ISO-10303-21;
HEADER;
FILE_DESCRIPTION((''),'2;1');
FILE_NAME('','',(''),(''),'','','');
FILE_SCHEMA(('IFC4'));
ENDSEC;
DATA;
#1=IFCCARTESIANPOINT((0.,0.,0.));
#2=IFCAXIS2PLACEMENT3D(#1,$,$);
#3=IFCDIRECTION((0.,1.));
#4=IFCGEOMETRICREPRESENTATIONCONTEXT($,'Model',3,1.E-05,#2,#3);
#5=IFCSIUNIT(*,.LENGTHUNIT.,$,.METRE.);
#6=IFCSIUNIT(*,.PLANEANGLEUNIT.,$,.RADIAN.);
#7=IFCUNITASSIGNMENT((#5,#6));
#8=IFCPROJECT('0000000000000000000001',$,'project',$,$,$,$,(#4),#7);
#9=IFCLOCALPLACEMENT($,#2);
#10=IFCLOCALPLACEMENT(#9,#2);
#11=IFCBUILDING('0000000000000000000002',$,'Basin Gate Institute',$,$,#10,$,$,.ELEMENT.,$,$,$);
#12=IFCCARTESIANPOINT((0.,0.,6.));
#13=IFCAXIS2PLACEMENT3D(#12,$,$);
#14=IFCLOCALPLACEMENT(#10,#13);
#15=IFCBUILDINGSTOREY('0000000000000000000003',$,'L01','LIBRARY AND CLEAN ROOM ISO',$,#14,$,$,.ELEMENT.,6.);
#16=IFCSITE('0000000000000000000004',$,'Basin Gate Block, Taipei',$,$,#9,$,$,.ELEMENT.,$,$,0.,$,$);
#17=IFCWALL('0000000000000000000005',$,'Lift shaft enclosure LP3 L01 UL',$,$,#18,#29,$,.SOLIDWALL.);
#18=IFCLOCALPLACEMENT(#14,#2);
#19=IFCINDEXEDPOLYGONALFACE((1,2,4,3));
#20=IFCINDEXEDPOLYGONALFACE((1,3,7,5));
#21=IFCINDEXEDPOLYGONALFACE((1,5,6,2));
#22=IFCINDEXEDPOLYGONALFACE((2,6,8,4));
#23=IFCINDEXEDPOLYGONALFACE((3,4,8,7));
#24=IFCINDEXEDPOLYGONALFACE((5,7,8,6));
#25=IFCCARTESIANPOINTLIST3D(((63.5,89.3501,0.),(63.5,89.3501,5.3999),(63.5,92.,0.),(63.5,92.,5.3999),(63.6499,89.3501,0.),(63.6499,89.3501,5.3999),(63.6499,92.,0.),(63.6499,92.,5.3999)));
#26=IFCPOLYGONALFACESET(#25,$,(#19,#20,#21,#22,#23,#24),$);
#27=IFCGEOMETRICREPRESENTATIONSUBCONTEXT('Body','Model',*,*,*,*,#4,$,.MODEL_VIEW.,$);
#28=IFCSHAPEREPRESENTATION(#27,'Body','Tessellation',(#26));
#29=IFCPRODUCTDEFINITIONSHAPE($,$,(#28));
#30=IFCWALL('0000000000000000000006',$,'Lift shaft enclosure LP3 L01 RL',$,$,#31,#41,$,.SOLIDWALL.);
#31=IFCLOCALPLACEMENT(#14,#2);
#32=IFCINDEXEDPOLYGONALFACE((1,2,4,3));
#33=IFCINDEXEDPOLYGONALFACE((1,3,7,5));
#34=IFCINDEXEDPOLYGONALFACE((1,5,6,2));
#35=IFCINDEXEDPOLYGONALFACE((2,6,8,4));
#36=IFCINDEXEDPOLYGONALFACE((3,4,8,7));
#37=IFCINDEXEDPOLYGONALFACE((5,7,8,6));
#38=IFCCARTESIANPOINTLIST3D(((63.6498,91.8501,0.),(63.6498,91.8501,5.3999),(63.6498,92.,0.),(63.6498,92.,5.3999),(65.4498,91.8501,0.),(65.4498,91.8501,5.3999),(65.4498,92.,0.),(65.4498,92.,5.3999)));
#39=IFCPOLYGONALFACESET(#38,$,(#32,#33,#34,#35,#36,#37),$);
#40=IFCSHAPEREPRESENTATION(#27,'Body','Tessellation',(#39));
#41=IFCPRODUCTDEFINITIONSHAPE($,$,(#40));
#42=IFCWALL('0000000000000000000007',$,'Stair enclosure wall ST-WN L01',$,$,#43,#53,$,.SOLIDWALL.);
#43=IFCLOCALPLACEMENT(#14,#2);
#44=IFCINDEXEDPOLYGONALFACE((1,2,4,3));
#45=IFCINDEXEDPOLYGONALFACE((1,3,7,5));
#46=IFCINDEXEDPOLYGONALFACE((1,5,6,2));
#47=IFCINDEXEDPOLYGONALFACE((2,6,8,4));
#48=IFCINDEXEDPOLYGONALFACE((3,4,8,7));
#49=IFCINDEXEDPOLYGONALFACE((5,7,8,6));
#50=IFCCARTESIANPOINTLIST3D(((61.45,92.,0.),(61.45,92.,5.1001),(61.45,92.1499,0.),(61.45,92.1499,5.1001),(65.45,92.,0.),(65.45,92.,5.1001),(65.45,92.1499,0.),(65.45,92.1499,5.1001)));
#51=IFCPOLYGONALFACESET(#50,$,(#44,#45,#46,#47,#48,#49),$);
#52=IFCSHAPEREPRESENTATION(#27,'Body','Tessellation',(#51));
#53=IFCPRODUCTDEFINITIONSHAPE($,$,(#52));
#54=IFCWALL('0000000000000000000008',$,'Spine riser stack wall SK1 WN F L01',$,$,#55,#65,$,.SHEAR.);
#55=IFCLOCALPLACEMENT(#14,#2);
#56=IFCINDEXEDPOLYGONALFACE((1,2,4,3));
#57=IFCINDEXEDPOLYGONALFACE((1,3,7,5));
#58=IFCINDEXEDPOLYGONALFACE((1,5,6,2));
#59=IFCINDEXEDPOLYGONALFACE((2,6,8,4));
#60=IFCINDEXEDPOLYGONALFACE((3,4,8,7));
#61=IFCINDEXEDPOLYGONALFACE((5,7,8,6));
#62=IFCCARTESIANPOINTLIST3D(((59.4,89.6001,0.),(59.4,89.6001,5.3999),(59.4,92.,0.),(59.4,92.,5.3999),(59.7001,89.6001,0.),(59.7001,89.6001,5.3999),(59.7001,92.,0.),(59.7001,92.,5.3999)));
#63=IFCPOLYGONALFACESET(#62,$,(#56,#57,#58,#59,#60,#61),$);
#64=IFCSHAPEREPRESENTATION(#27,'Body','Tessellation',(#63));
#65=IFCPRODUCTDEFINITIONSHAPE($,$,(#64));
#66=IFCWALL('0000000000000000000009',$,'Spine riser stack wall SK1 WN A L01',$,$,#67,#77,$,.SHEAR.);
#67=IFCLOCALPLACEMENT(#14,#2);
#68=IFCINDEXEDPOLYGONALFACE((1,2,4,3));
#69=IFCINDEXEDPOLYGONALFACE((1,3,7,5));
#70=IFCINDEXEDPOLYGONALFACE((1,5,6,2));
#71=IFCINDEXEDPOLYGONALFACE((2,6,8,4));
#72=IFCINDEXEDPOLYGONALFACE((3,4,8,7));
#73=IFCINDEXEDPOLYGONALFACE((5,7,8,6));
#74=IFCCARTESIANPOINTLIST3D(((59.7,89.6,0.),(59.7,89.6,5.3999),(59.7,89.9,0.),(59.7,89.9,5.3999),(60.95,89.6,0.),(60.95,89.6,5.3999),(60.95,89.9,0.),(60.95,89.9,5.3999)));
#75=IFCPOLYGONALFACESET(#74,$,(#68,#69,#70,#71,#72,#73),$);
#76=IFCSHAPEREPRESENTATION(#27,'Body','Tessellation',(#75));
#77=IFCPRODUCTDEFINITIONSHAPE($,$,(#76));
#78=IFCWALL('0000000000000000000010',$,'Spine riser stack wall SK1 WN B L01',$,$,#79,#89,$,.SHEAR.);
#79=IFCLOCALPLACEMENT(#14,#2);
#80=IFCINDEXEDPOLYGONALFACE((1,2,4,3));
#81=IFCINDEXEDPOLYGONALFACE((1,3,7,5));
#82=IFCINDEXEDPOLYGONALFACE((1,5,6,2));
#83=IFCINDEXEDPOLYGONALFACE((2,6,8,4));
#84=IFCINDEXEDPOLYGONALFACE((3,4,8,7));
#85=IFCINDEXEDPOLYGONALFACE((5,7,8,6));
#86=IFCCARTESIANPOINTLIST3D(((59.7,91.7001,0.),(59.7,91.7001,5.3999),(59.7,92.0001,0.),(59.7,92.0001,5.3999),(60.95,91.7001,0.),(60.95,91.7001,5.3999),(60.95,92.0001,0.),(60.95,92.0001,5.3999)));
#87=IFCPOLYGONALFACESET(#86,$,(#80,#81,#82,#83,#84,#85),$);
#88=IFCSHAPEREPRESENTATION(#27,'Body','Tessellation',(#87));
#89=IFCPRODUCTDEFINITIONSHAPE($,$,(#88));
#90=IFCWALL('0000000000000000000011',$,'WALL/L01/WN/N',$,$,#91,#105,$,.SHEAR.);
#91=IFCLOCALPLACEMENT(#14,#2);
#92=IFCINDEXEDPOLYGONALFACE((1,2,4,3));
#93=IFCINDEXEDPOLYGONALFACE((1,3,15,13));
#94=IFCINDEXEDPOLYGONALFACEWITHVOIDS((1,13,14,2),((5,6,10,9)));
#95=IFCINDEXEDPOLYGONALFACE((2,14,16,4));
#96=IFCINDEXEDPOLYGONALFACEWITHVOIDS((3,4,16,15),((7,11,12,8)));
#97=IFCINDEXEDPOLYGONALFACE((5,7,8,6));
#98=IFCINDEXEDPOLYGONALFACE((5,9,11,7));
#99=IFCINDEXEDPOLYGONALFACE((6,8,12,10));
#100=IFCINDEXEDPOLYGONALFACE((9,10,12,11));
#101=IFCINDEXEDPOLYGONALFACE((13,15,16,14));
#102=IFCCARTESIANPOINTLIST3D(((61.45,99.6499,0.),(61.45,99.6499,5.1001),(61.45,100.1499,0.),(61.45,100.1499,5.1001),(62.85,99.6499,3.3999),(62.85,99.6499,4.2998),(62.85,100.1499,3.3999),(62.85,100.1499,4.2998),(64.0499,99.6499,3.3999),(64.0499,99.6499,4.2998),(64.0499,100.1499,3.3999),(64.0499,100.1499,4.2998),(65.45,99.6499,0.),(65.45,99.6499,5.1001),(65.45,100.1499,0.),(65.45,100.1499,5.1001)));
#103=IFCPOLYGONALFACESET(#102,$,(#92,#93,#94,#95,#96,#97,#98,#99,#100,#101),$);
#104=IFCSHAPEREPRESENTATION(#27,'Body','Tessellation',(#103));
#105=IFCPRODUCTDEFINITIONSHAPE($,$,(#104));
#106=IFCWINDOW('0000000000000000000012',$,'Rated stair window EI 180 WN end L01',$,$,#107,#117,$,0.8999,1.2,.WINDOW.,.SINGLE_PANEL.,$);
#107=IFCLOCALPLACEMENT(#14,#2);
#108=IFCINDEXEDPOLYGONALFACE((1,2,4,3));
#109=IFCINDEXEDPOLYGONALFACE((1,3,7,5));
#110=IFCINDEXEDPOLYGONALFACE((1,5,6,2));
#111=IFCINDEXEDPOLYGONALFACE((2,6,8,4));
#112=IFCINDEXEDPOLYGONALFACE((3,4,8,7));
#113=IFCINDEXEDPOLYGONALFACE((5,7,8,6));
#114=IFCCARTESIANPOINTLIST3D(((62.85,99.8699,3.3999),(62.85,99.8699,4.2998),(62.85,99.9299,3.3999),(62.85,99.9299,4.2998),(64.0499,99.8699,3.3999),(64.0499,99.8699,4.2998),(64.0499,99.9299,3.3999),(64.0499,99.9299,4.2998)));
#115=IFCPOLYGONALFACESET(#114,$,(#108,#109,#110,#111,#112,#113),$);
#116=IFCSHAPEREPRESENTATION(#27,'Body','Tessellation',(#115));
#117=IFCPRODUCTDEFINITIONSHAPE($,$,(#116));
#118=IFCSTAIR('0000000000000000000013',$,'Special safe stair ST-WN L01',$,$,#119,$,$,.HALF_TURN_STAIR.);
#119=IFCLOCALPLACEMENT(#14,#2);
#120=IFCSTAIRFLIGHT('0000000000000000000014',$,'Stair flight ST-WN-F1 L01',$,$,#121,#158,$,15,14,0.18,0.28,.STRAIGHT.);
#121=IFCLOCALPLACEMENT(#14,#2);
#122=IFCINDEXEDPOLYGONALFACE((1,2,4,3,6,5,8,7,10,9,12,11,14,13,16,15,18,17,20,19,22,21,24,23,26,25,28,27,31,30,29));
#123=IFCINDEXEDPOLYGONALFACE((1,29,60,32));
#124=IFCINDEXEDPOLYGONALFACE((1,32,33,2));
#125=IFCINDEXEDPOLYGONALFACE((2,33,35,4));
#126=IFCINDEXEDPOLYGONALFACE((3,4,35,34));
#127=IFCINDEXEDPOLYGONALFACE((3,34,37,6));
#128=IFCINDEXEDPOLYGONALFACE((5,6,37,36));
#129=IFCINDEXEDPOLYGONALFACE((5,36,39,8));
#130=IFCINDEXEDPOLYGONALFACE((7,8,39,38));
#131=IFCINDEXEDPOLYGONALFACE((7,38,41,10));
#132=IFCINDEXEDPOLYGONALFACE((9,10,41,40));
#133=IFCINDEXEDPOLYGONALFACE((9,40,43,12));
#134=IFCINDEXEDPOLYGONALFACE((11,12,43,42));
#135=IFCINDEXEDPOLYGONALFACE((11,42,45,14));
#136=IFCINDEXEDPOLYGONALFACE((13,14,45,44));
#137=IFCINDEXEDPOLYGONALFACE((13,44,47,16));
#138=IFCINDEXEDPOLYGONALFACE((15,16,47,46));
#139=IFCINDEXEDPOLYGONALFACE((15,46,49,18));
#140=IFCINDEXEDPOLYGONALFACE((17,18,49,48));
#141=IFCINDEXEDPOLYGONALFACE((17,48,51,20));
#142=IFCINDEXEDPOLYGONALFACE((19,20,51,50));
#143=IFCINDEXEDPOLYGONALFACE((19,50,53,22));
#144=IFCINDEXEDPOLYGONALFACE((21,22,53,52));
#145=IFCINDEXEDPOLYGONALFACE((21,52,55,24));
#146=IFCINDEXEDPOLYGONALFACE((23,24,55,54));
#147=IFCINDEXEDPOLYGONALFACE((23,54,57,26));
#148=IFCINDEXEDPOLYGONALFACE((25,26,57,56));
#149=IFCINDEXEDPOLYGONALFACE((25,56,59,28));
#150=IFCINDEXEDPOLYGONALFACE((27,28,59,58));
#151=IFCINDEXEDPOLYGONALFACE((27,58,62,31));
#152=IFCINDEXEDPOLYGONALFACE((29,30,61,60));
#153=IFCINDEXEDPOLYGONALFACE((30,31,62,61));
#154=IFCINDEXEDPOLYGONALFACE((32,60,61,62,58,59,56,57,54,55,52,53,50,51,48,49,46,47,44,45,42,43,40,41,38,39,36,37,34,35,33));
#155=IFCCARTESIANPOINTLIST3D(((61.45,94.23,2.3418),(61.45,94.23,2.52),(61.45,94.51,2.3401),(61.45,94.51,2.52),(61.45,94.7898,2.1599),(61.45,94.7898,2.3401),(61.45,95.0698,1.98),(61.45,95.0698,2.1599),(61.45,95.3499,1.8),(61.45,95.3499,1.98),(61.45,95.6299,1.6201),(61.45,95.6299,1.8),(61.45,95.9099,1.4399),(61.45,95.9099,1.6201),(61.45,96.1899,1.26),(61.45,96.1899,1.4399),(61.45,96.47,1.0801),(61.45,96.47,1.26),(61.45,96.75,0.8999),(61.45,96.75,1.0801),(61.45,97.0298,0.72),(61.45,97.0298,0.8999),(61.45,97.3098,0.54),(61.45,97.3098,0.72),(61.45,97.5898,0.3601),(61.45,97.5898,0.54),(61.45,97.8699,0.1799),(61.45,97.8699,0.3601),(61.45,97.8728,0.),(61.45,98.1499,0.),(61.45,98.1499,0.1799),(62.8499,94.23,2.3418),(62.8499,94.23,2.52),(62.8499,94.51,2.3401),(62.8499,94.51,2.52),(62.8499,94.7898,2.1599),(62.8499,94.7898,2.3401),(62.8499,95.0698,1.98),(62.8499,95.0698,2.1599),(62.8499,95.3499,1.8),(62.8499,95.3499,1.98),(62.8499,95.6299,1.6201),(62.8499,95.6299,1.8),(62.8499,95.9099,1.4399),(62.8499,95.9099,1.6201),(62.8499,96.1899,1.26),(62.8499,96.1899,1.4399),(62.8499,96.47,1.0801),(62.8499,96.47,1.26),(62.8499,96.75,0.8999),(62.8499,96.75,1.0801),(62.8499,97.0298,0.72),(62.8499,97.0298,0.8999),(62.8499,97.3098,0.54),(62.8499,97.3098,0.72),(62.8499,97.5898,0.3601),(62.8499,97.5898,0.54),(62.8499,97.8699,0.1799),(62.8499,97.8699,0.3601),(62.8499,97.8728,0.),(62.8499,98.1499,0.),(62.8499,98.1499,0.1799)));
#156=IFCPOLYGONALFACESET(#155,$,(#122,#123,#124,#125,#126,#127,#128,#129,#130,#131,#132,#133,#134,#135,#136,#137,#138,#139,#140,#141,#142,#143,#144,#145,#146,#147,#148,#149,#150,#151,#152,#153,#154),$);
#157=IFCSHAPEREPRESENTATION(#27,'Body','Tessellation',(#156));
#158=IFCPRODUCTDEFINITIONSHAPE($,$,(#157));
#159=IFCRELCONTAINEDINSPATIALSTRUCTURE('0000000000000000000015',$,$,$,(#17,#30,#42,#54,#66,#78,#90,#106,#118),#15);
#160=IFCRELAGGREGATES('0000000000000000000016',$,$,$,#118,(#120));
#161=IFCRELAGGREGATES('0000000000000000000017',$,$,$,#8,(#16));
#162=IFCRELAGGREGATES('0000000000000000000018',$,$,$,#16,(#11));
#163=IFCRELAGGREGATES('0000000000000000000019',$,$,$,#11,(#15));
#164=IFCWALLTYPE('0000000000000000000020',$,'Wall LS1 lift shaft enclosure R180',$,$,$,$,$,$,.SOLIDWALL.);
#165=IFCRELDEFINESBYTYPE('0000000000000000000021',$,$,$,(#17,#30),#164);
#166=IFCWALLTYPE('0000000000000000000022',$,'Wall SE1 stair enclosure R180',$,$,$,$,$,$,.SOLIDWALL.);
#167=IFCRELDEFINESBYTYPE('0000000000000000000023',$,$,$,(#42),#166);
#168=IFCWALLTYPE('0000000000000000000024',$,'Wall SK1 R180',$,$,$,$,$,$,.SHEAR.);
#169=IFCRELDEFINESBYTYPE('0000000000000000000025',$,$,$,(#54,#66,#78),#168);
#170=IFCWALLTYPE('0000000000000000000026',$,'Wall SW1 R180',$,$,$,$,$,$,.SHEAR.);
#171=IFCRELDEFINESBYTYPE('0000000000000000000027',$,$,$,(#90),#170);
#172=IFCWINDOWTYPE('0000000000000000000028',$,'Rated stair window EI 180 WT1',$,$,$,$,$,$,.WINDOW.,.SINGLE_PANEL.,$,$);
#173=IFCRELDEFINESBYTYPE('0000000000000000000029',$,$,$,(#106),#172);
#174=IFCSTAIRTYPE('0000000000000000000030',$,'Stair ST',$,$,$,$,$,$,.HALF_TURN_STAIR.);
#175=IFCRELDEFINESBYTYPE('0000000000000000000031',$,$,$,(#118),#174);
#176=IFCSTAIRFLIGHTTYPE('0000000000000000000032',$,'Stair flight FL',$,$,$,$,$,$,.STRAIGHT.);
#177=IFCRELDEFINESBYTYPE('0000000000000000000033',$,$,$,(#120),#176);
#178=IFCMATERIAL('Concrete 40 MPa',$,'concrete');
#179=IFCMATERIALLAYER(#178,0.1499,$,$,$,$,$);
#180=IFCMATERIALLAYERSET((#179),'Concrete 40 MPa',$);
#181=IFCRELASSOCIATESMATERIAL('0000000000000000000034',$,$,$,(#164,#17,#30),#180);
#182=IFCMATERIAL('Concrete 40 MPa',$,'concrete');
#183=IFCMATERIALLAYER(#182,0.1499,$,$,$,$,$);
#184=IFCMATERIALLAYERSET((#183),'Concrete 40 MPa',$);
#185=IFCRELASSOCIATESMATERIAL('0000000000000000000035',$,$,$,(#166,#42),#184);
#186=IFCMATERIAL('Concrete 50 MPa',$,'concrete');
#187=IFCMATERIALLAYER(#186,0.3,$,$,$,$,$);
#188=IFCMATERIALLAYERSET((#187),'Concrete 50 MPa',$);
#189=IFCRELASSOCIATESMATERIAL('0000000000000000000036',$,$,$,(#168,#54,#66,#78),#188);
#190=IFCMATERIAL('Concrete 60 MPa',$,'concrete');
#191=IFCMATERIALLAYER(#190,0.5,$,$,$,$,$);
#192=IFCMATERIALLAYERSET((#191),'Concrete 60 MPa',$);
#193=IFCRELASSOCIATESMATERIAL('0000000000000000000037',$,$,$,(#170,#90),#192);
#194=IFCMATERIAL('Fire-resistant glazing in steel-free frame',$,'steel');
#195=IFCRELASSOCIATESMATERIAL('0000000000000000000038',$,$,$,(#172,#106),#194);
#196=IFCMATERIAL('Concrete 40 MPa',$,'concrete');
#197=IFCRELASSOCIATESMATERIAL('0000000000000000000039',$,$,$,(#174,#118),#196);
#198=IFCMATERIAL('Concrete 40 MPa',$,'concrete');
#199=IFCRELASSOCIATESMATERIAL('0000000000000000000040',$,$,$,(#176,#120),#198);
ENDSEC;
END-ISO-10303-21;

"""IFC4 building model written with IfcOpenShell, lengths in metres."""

from ifc_helpers import new_model, si_unit, direction, frame, frame_2d, origin, place, context, subcontext, project, spatial, polyline, rectangle, outline, extrude, material, layer, layer_set, type_object, element, fill, aggregate, save


model = new_model("IFC4")

# Units and contexts
model_context = context("Model", 3, precision=1e-05, world=origin(), true_north=direction((0.0, 1.0)))
body_context = subcontext(model_context, "Body", "Model", "MODEL_VIEW")
ifc_project = project(units=[si_unit("LENGTHUNIT", "METRE"), si_unit("PLANEANGLEUNIT", "RADIAN")], contexts=[model_context])

# Site, building, storey
site_placement = place(None, origin())
site = spatial("IfcSite", under=ifc_project, at=site_placement, Name="Basin Gate Block, Taipei", CompositionType="ELEMENT", RefElevation=0.0)
building_placement = place(site_placement, origin())
building = spatial("IfcBuilding", under=site, at=building_placement, Name="Basin Gate Institute", CompositionType="ELEMENT")
storey_placement = place(building_placement, frame((0.0, 0.0, 6.0)))
storey = spatial("IfcBuildingStorey", under=building, at=storey_placement, Name="L01", Description="LIBRARY AND CLEAN ROOM ISO", CompositionType="ELEMENT", Elevation=6.0)

# Walls
ifc_material_1 = material(Name="Concrete 40 MPa", Category="concrete")
ifc_layer_1 = layer(ifc_material_1, 0.1499)
ifc_layer_set_1 = layer_set([ifc_layer_1], Name="Concrete 40 MPa")
wall_type_1 = type_object("IfcWallType", Name="Wall LS1 lift shaft enclosure R180", PredefinedType="SOLIDWALL", material=ifc_layer_set_1)
wall_1_placement = place(storey_placement, frame((63.575, 92.0, 0.0), z_axis=(0.0, 0.0, 1.0), x_axis=(0.0, -1.0, 0.0)))
element("IfcWall", 1, at=wall_1_placement, inside=storey, type_object=wall_type_1, material=ifc_layer_set_1, Name="Lift shaft enclosure LP3 L01 UL", PredefinedType="SOLIDWALL", context=body_context, shape_type="SweptSolid", body=[
    extrude(rectangle(XDim=2.6499, YDim=0.1499, at=frame_2d((1.325, 0.0))), origin(), (0.0, 0.0, 1.0), 5.3999),
])
wall_2_placement = place(storey_placement, frame((63.6499, 91.925, 0.0), z_axis=(0.0, 0.0, 1.0), x_axis=(1.0, 0.0, 0.0)))
element("IfcWall", 2, at=wall_2_placement, inside=storey, type_object=wall_type_1, material=ifc_layer_set_1, Name="Lift shaft enclosure LP3 L01 RL", PredefinedType="SOLIDWALL", context=body_context, shape_type="SweptSolid", body=[
    extrude(rectangle(XDim=1.8, YDim=0.1499, at=frame_2d((0.8999, 0.0))), origin(), (0.0, 0.0, 1.0), 5.3999),
])
ifc_material_2 = material(Name="Concrete 40 MPa", Category="concrete")
ifc_layer_2 = layer(ifc_material_2, 0.1499)
ifc_layer_set_2 = layer_set([ifc_layer_2], Name="Concrete 40 MPa")
wall_type_2 = type_object("IfcWallType", Name="Wall SE1 stair enclosure R180", PredefinedType="SOLIDWALL", material=ifc_layer_set_2)
wall_3_placement = place(storey_placement, frame((61.45, 92.075, 0.0), z_axis=(0.0, 0.0, 1.0), x_axis=(1.0, 0.0, 0.0)))
element("IfcWall", 3, at=wall_3_placement, inside=storey, type_object=wall_type_2, material=ifc_layer_set_2, Name="Stair enclosure wall ST-WN L01", PredefinedType="SOLIDWALL", context=body_context, shape_type="SweptSolid", body=[
    extrude(rectangle(XDim=4.0, YDim=0.1499, at=frame_2d((2.0, 0.0))), origin(), (0.0, 0.0, 1.0), 5.1001),
])
ifc_material_3 = material(Name="Concrete 50 MPa", Category="concrete")
ifc_layer_3 = layer(ifc_material_3, 0.3)
ifc_layer_set_3 = layer_set([ifc_layer_3], Name="Concrete 50 MPa")
wall_type_3 = type_object("IfcWallType", Name="Wall SK1 R180", PredefinedType="SHEAR", material=ifc_layer_set_3)
wall_4_placement = place(storey_placement, frame((59.55, 89.6001, 0.0), z_axis=(0.0, 0.0, 1.0), x_axis=(0.0, 1.0, 0.0)))
element("IfcWall", 4, at=wall_4_placement, inside=storey, type_object=wall_type_3, material=ifc_layer_set_3, Name="Spine riser stack wall SK1 WN F L01", PredefinedType="SHEAR", context=body_context, shape_type="SweptSolid", body=[
    extrude(rectangle(XDim=2.3999, YDim=0.3, at=frame_2d((1.2, 0.0))), origin(), (0.0, 0.0, 1.0), 5.3999),
])
for number, where, z_axis, x_axis, name in (
    (5, (60.95, 89.75, 0.0), (0.0, 0.0, 1.0), (-1.0, 0.0, 0.0), "Spine riser stack wall SK1 WN A L01"),
    (6, (60.95, 91.8501, 0.0), (0.0, 0.0, 1.0), (-1.0, 0.0, 0.0), "Spine riser stack wall SK1 WN B L01"),
):
    element("IfcWall", number, at=place(storey_placement, frame(where, z_axis=z_axis, x_axis=x_axis)), inside=storey, type_object=wall_type_3, material=ifc_layer_set_3, Name=name, PredefinedType="SHEAR", context=body_context, shape_type="SweptSolid", body=[
        extrude(rectangle(XDim=1.25, YDim=0.3, at=frame_2d((0.625, 0.0))), origin(), (0.0, 0.0, 1.0), 5.3999),
    ])

# Wall, opening, window
ifc_material_4 = material(Name="Concrete 60 MPa", Category="concrete")
ifc_layer_4 = layer(ifc_material_4, 0.5)
ifc_layer_set_4 = layer_set([ifc_layer_4], Name="Concrete 60 MPa")
wall_type_4 = type_object("IfcWallType", Name="Wall SW1 R180", PredefinedType="SHEAR", material=ifc_layer_set_4)
wall_5_placement = place(storey_placement, frame((61.45, 99.8999, 0.0), z_axis=(0.0, 0.0, 1.0), x_axis=(1.0, 0.0, 0.0)))
wall_5 = element("IfcWall", 7, at=wall_5_placement, inside=storey, type_object=wall_type_4, material=ifc_layer_set_4, Name="WALL/L01/WN/N", PredefinedType="SHEAR", context=body_context, shape_type="SweptSolid", body=[
    extrude(rectangle(XDim=4.0, YDim=0.5, at=frame_2d((2.0, 0.0))), origin(), (0.0, 0.0, 1.0), 5.1001),
])
opening_placement = place(wall_5_placement, frame((1.3999, 0.0, 3.3999)))
opening = element("IfcOpeningElement", 8, at=opening_placement, cuts=wall_5, PredefinedType="OPENING", context=body_context, shape_type="SweptSolid", body=[
    extrude(rectangle(XDim=1.2, YDim=0.8999, at=frame_2d((0.6001, 0.45))), frame((0.0, 0.26, 0.0), z_axis=(0.0, -1.0, 0.0), x_axis=(1.0, 0.0, 0.0)), (0.0, 0.0, 1.0), 0.52),
])
ifc_material_5 = material(Name="Fire-resistant glazing in steel-free frame", Category="steel")
window_type = type_object("IfcWindowType", Name="Rated stair window EI 180 WT1", PartitioningType="SINGLE_PANEL", PredefinedType="WINDOW", material=ifc_material_5)
window_placement = place(opening_placement, origin())
window = element("IfcWindow", 9, at=window_placement, inside=storey, type_object=window_type, material=ifc_material_5, Name="Rated stair window EI 180 WN end L01", OverallHeight=0.8999, OverallWidth=1.2, PartitioningType="SINGLE_PANEL", PredefinedType="WINDOW", context=body_context, shape_type="SweptSolid", body=[
    extrude(rectangle(XDim=1.2, YDim=0.8999, at=frame_2d((0.6001, 0.45))), frame((0.0, 0.03, 0.0), z_axis=(0.0, -1.0, 0.0), x_axis=(1.0, 0.0, 0.0)), (0.0, 0.0, 1.0), 0.0601),
])
fill(opening, window)

# Stair, stair flight
ifc_material_6 = material(Name="Concrete 40 MPa", Category="concrete")
stair_type = type_object("IfcStairType", Name="Stair ST", PredefinedType="HALF_TURN_STAIR", material=ifc_material_6)
stair_placement = place(storey_placement, origin())
stair = element("IfcStair", 10, at=stair_placement, inside=storey, type_object=stair_type, material=ifc_material_6, Name="Special safe stair ST-WN L01", PredefinedType="HALF_TURN_STAIR")
ifc_material_7 = material(Name="Concrete 40 MPa", Category="concrete")
stair_flight_type = type_object("IfcStairFlightType", Name="Stair flight FL", PredefinedType="STRAIGHT", material=ifc_material_7)
stair_flight_1_placement = place(storey_placement, frame((62.1499, 98.1499, 0.0), z_axis=(0.0, 0.0, 1.0), x_axis=(0.0, -1.0, 0.0)))
stair_flight_1 = element("IfcStairFlight", 11, at=stair_flight_1_placement, type_object=stair_flight_type, material=ifc_material_7, Name="Stair flight ST-WN-F1 L01", NumberOfRisers=15, NumberOfTreads=14, PredefinedType="STRAIGHT", RiserHeight=0.18, TreadLength=0.28, context=body_context, shape_type="SweptSolid", body=[
    extrude(outline(polyline([(0.0, 0.0), (0.0, 0.1799), (0.28, 0.1799), (0.28, 0.3601), (0.5601, 0.3601), (0.5601, 0.54), (0.8401, 0.54), (0.8401, 0.72), (1.1201, 0.72), (1.1201, 0.8999), (1.3999, 0.8999), (1.3999, 1.0801), (1.6799, 1.0801), (1.6799, 1.26), (1.96, 1.26), (1.96, 1.4399), (2.24, 1.4399), (2.24, 1.6201), (2.52, 1.6201), (2.52, 1.8), (2.8, 1.8), (2.8, 1.98), (3.0801, 1.98), (3.0801, 2.1599), (3.3601, 2.1599), (3.3601, 2.3401), (3.6399, 2.3401), (3.6399, 2.52), (3.9199, 2.52), (3.9199, 2.7), (3.9199, 2.3418), (0.2771, 0.0), (0.0, 0.0)])), frame((0.0, 0.7, 0.0), z_axis=(0.0, -1.0, 0.0), x_axis=(1.0, 0.0, 0.0)), (0.0, 0.0, 1.0), 1.3999),
])
aggregate(stair, [stair_flight_1])

save(model, "model.ifc")
